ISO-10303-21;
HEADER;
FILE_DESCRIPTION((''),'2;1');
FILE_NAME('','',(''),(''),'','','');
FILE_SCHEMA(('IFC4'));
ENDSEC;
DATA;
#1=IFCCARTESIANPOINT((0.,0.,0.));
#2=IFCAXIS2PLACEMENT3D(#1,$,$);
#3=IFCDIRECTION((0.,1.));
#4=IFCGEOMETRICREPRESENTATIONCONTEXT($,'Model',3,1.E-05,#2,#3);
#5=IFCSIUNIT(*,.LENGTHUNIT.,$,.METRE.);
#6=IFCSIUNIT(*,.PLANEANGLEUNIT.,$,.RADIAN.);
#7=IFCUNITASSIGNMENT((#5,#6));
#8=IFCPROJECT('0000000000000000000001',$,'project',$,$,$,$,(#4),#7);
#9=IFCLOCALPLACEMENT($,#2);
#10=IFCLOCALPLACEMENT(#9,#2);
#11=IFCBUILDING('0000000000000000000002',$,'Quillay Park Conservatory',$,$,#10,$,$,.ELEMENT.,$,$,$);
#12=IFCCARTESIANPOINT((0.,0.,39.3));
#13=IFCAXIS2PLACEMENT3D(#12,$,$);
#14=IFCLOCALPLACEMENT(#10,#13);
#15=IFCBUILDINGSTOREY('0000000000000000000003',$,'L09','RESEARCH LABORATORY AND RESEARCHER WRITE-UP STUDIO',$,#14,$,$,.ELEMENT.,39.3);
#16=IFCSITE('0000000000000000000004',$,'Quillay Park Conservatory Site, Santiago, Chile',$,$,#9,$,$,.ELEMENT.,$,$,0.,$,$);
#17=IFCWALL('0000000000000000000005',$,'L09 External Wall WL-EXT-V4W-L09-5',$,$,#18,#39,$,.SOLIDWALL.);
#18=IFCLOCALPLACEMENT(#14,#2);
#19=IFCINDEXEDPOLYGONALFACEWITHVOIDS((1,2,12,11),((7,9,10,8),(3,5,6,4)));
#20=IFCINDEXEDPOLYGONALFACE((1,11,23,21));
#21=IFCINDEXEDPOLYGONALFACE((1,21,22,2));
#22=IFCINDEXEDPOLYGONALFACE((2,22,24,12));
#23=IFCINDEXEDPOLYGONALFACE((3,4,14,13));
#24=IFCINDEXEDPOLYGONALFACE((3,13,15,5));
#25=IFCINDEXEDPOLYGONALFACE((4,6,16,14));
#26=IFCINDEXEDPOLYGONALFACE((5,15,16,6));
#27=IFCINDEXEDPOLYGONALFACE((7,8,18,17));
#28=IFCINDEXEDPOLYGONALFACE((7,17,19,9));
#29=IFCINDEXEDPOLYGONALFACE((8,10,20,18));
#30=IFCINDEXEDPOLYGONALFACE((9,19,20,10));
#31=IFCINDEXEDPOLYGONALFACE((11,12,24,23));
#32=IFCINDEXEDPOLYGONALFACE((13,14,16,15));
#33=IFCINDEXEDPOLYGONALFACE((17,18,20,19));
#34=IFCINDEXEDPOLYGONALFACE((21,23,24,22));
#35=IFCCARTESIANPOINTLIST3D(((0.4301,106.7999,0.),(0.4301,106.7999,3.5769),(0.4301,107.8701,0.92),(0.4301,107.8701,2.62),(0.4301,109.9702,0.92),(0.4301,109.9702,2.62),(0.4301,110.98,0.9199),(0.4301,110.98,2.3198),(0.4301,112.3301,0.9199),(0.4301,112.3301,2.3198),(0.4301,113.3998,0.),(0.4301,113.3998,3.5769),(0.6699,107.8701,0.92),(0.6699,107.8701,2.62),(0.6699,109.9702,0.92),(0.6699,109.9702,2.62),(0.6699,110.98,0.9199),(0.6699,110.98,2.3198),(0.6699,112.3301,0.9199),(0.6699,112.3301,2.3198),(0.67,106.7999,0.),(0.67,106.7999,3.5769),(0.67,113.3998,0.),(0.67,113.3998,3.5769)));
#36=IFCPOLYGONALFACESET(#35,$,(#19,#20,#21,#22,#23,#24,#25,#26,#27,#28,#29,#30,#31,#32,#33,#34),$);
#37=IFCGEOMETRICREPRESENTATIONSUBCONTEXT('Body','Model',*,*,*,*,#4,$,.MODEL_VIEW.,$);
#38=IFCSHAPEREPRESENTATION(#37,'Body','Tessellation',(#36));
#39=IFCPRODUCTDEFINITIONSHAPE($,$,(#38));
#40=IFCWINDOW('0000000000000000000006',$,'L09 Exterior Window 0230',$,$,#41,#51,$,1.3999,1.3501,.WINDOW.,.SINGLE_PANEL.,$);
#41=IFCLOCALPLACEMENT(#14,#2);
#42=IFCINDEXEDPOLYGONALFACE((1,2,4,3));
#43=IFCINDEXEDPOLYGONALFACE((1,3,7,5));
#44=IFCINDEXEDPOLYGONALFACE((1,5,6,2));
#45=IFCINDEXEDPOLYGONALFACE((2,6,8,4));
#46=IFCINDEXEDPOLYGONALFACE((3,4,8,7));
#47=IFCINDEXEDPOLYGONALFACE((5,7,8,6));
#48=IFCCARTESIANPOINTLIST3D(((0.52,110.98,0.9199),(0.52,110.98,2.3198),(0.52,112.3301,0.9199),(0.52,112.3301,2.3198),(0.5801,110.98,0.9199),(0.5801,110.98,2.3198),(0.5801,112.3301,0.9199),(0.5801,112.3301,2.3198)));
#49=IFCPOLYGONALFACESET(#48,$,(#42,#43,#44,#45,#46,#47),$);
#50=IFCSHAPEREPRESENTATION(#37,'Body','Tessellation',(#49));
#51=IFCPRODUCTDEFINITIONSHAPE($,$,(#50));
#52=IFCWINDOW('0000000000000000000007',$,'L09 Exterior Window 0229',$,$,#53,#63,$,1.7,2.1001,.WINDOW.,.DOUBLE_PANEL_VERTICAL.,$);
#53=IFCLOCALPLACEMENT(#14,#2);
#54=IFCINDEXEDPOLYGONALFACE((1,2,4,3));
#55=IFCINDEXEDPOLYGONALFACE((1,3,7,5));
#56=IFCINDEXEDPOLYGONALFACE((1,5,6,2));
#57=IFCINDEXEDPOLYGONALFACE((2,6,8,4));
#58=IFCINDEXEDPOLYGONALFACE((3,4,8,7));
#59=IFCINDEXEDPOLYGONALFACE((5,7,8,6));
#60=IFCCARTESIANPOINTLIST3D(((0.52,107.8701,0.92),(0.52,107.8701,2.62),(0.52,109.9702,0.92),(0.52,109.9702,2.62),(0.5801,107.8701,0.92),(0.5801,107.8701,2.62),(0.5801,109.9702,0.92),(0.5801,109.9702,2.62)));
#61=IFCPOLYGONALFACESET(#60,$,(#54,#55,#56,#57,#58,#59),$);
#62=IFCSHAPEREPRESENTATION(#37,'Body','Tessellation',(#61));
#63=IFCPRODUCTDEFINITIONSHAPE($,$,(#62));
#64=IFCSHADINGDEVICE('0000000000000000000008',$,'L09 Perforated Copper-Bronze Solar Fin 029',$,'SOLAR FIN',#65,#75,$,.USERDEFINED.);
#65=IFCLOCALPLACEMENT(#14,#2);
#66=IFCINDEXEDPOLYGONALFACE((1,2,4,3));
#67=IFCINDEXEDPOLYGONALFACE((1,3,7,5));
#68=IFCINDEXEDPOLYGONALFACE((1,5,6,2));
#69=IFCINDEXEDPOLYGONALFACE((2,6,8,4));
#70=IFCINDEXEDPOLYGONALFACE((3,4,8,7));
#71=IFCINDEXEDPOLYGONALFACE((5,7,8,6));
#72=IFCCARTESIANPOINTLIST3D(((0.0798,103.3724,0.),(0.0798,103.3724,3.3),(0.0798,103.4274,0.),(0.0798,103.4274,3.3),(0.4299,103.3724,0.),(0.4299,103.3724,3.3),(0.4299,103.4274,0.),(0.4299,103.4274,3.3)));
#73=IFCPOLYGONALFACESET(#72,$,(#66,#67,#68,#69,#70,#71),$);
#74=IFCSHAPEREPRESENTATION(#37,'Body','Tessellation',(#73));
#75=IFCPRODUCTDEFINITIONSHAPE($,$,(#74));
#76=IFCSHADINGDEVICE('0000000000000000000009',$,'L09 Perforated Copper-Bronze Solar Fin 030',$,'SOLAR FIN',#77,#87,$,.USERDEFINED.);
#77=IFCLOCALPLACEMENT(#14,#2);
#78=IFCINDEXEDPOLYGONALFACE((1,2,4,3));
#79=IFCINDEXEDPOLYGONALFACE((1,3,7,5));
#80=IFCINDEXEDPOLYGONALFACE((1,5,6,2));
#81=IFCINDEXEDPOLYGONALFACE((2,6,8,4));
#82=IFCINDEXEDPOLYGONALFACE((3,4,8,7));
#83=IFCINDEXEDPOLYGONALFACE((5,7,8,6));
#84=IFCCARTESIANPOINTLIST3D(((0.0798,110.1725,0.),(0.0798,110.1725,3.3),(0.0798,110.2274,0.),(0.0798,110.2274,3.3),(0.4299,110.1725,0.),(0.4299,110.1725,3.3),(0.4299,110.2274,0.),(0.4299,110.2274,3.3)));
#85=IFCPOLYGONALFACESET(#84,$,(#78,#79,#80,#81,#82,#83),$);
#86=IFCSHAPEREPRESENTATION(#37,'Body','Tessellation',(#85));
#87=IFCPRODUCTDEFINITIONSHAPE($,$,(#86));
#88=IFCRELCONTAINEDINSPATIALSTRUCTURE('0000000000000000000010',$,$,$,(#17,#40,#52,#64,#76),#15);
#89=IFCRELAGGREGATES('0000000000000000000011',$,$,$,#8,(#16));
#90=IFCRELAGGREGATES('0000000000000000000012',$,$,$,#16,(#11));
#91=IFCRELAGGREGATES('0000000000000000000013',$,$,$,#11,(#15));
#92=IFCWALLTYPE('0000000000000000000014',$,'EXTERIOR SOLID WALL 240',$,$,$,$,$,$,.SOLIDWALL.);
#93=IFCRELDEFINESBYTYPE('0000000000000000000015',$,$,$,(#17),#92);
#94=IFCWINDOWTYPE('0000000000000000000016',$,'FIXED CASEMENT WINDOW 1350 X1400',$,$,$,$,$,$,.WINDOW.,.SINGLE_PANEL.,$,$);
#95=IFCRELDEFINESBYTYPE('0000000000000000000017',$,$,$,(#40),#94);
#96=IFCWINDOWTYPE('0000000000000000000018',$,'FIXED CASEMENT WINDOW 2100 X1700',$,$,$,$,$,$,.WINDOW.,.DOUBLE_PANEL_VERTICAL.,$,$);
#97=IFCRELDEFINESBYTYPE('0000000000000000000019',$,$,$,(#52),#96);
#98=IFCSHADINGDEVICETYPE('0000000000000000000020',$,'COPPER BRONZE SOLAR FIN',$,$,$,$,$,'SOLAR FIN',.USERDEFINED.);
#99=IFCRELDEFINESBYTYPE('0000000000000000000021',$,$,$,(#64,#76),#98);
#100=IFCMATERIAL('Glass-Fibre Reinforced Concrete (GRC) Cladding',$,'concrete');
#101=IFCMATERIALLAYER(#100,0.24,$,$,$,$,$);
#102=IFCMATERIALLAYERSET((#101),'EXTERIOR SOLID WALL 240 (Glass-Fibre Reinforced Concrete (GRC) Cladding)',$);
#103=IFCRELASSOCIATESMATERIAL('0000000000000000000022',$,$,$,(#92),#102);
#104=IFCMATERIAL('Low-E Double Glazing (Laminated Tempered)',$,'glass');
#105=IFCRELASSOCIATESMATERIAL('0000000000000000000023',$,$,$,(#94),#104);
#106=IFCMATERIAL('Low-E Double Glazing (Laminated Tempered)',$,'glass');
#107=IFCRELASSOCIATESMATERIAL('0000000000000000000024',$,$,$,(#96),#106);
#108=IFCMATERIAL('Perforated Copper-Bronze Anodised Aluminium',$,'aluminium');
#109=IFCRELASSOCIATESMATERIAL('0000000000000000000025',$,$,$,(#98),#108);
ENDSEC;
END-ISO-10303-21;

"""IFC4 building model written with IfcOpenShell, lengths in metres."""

from ifc_helpers import new_model, si_unit, direction, frame, frame_2d, origin, origin_2d, place, context, subcontext, project, spatial, rectangle, extrude, material, layer, layer_set, type_object, element, fill, save


model = new_model("IFC4")

# Units and contexts
model_context = context("Model", 3, precision=1e-05, world=origin(), true_north=direction((0.0, 1.0)))
body_context = subcontext(model_context, "Body", "Model", "MODEL_VIEW")
ifc_project = project(units=[si_unit("LENGTHUNIT", "METRE"), si_unit("PLANEANGLEUNIT", "RADIAN")], contexts=[model_context])

# Site, building, storey
site_placement = place(None, origin())
site = spatial("IfcSite", under=ifc_project, at=site_placement, Name="Quillay Park Conservatory Site, Santiago, Chile", CompositionType="ELEMENT", RefElevation=0.0)
building_placement = place(site_placement, origin())
building = spatial("IfcBuilding", under=site, at=building_placement, Name="Quillay Park Conservatory", CompositionType="ELEMENT")
storey_placement = place(building_placement, frame((0.0, 0.0, 39.3)))
storey = spatial("IfcBuildingStorey", under=building, at=storey_placement, Name="L09", Description="RESEARCH LABORATORY AND RESEARCHER WRITE-UP STUDIO", CompositionType="ELEMENT", Elevation=39.3)

# Wall, openings, windows
ifc_material_1 = material(Name="Glass-Fibre Reinforced Concrete (GRC) Cladding", Category="concrete")
ifc_layer_1 = layer(ifc_material_1, 0.24)
ifc_layer_set_1 = layer_set([ifc_layer_1], Name="EXTERIOR SOLID WALL 240 (Glass-Fibre Reinforced Concrete (GRC) Cladding)")
wall_type_1 = type_object("IfcWallType", Name="EXTERIOR SOLID WALL 240", PredefinedType="SOLIDWALL", material=ifc_layer_set_1)
wall_1_placement = place(storey_placement, frame((0.55, 106.8, 0.0), z_axis=(0.0, 0.0, 1.0), x_axis=(0.0, 1.0, 0.0)))
wall_1 = element("IfcWall", 1, at=wall_1_placement, inside=storey, type_object=wall_type_1, Name="L09 External Wall WL-EXT-V4W-L09-5", PredefinedType="SOLIDWALL", context=body_context, shape_type="SweptSolid", body=[
    extrude(rectangle(XDim=6.5999, YDim=0.24, at=frame_2d((3.2998, 0.0))), origin(), (0.0, 0.0, 1.0), 3.5769),
])
opening_1_placement = place(wall_1_placement, frame((1.0701, 0.0, 0.9199)))
opening_1 = element("IfcOpeningElement", 2, at=opening_1_placement, cuts=wall_1, PredefinedType="OPENING", context=body_context, shape_type="SweptSolid", body=[
    extrude(rectangle(XDim=2.1001, YDim=1.7, at=frame_2d((1.05, 0.8501))), frame((0.0, 0.1201, 0.0), z_axis=(0.0, -1.0, 0.0), x_axis=(1.0, 0.0, 0.0)), (0.0, 0.0, 1.0), 0.24),
])
opening_2_placement = place(wall_1_placement, frame((4.1799, 0.0, 0.9199)))
opening_2 = element("IfcOpeningElement", 3, at=opening_2_placement, cuts=wall_1, PredefinedType="OPENING", context=body_context, shape_type="SweptSolid", body=[
    extrude(rectangle(XDim=1.3501, YDim=1.3999, at=frame_2d((0.675, 0.7))), frame((0.0, 0.1201, 0.0), z_axis=(0.0, -1.0, 0.0), x_axis=(1.0, 0.0, 0.0)), (0.0, 0.0, 1.0), 0.24),
])
ifc_material_2 = material(Name="Low-E Double Glazing (Laminated Tempered)", Category="glass")
window_type_1 = type_object("IfcWindowType", Name="FIXED CASEMENT WINDOW 1350 X1400", PartitioningType="SINGLE_PANEL", PredefinedType="WINDOW", material=ifc_material_2)
window_1_placement = place(opening_2_placement, origin())
window_1 = element("IfcWindow", 4, at=window_1_placement, inside=storey, type_object=window_type_1, Name="L09 Exterior Window 0230", OverallHeight=1.3999, OverallWidth=1.3501, PartitioningType="SINGLE_PANEL", PredefinedType="WINDOW", context=body_context, shape_type="SweptSolid", body=[
    extrude(rectangle(XDim=1.3501, YDim=1.3999, at=frame_2d((0.675, 0.7))), frame((0.0, 0.03, 0.0), z_axis=(0.0, -1.0, 0.0), x_axis=(1.0, 0.0, 0.0)), (0.0, 0.0, 1.0), 0.0601),
])
fill(opening_2, window_1)
ifc_material_3 = material(Name="Low-E Double Glazing (Laminated Tempered)", Category="glass")
window_type_2 = type_object("IfcWindowType", Name="FIXED CASEMENT WINDOW 2100 X1700", PartitioningType="DOUBLE_PANEL_VERTICAL", PredefinedType="WINDOW", material=ifc_material_3)
window_2_placement = place(opening_1_placement, origin())
window_2 = element("IfcWindow", 5, at=window_2_placement, inside=storey, type_object=window_type_2, Name="L09 Exterior Window 0229", OverallHeight=1.7, OverallWidth=2.1001, PartitioningType="DOUBLE_PANEL_VERTICAL", PredefinedType="WINDOW", context=body_context, shape_type="SweptSolid", body=[
    extrude(rectangle(XDim=2.1001, YDim=1.7, at=frame_2d((1.05, 0.8501))), frame((0.0, 0.03, 0.0), z_axis=(0.0, -1.0, 0.0), x_axis=(1.0, 0.0, 0.0)), (0.0, 0.0, 1.0), 0.0601),
])
fill(opening_1, window_2)

# Shading devices
ifc_material_4 = material(Name="Perforated Copper-Bronze Anodised Aluminium", Category="aluminium")
shading_device_type = type_object("IfcShadingDeviceType", Name="COPPER BRONZE SOLAR FIN", ElementType="SOLAR FIN", PredefinedType="USERDEFINED", material=ifc_material_4)
for number, where, z_axis, x_axis, name in (
    (6, (0.2549, 103.3999, 0.0), (0.0, 0.0, 1.0), (1.0, 0.0, 0.0), "L09 Perforated Copper-Bronze Solar Fin 029"),
    (7, (0.2549, 110.2, 0.0), (0.0, 0.0, 1.0), (1.0, 0.0, 0.0), "L09 Perforated Copper-Bronze Solar Fin 030"),
):
    element("IfcShadingDevice", number, at=place(storey_placement, frame(where, z_axis=z_axis, x_axis=x_axis)), inside=storey, type_object=shading_device_type, Name=name, ObjectType="SOLAR FIN", PredefinedType="USERDEFINED", context=body_context, shape_type="SweptSolid", body=[
        extrude(rectangle(XDim=0.3501, YDim=0.0549, at=origin_2d()), origin(), (0.0, 0.0, 1.0), 3.3),
    ])

save(model, "model.ifc")
